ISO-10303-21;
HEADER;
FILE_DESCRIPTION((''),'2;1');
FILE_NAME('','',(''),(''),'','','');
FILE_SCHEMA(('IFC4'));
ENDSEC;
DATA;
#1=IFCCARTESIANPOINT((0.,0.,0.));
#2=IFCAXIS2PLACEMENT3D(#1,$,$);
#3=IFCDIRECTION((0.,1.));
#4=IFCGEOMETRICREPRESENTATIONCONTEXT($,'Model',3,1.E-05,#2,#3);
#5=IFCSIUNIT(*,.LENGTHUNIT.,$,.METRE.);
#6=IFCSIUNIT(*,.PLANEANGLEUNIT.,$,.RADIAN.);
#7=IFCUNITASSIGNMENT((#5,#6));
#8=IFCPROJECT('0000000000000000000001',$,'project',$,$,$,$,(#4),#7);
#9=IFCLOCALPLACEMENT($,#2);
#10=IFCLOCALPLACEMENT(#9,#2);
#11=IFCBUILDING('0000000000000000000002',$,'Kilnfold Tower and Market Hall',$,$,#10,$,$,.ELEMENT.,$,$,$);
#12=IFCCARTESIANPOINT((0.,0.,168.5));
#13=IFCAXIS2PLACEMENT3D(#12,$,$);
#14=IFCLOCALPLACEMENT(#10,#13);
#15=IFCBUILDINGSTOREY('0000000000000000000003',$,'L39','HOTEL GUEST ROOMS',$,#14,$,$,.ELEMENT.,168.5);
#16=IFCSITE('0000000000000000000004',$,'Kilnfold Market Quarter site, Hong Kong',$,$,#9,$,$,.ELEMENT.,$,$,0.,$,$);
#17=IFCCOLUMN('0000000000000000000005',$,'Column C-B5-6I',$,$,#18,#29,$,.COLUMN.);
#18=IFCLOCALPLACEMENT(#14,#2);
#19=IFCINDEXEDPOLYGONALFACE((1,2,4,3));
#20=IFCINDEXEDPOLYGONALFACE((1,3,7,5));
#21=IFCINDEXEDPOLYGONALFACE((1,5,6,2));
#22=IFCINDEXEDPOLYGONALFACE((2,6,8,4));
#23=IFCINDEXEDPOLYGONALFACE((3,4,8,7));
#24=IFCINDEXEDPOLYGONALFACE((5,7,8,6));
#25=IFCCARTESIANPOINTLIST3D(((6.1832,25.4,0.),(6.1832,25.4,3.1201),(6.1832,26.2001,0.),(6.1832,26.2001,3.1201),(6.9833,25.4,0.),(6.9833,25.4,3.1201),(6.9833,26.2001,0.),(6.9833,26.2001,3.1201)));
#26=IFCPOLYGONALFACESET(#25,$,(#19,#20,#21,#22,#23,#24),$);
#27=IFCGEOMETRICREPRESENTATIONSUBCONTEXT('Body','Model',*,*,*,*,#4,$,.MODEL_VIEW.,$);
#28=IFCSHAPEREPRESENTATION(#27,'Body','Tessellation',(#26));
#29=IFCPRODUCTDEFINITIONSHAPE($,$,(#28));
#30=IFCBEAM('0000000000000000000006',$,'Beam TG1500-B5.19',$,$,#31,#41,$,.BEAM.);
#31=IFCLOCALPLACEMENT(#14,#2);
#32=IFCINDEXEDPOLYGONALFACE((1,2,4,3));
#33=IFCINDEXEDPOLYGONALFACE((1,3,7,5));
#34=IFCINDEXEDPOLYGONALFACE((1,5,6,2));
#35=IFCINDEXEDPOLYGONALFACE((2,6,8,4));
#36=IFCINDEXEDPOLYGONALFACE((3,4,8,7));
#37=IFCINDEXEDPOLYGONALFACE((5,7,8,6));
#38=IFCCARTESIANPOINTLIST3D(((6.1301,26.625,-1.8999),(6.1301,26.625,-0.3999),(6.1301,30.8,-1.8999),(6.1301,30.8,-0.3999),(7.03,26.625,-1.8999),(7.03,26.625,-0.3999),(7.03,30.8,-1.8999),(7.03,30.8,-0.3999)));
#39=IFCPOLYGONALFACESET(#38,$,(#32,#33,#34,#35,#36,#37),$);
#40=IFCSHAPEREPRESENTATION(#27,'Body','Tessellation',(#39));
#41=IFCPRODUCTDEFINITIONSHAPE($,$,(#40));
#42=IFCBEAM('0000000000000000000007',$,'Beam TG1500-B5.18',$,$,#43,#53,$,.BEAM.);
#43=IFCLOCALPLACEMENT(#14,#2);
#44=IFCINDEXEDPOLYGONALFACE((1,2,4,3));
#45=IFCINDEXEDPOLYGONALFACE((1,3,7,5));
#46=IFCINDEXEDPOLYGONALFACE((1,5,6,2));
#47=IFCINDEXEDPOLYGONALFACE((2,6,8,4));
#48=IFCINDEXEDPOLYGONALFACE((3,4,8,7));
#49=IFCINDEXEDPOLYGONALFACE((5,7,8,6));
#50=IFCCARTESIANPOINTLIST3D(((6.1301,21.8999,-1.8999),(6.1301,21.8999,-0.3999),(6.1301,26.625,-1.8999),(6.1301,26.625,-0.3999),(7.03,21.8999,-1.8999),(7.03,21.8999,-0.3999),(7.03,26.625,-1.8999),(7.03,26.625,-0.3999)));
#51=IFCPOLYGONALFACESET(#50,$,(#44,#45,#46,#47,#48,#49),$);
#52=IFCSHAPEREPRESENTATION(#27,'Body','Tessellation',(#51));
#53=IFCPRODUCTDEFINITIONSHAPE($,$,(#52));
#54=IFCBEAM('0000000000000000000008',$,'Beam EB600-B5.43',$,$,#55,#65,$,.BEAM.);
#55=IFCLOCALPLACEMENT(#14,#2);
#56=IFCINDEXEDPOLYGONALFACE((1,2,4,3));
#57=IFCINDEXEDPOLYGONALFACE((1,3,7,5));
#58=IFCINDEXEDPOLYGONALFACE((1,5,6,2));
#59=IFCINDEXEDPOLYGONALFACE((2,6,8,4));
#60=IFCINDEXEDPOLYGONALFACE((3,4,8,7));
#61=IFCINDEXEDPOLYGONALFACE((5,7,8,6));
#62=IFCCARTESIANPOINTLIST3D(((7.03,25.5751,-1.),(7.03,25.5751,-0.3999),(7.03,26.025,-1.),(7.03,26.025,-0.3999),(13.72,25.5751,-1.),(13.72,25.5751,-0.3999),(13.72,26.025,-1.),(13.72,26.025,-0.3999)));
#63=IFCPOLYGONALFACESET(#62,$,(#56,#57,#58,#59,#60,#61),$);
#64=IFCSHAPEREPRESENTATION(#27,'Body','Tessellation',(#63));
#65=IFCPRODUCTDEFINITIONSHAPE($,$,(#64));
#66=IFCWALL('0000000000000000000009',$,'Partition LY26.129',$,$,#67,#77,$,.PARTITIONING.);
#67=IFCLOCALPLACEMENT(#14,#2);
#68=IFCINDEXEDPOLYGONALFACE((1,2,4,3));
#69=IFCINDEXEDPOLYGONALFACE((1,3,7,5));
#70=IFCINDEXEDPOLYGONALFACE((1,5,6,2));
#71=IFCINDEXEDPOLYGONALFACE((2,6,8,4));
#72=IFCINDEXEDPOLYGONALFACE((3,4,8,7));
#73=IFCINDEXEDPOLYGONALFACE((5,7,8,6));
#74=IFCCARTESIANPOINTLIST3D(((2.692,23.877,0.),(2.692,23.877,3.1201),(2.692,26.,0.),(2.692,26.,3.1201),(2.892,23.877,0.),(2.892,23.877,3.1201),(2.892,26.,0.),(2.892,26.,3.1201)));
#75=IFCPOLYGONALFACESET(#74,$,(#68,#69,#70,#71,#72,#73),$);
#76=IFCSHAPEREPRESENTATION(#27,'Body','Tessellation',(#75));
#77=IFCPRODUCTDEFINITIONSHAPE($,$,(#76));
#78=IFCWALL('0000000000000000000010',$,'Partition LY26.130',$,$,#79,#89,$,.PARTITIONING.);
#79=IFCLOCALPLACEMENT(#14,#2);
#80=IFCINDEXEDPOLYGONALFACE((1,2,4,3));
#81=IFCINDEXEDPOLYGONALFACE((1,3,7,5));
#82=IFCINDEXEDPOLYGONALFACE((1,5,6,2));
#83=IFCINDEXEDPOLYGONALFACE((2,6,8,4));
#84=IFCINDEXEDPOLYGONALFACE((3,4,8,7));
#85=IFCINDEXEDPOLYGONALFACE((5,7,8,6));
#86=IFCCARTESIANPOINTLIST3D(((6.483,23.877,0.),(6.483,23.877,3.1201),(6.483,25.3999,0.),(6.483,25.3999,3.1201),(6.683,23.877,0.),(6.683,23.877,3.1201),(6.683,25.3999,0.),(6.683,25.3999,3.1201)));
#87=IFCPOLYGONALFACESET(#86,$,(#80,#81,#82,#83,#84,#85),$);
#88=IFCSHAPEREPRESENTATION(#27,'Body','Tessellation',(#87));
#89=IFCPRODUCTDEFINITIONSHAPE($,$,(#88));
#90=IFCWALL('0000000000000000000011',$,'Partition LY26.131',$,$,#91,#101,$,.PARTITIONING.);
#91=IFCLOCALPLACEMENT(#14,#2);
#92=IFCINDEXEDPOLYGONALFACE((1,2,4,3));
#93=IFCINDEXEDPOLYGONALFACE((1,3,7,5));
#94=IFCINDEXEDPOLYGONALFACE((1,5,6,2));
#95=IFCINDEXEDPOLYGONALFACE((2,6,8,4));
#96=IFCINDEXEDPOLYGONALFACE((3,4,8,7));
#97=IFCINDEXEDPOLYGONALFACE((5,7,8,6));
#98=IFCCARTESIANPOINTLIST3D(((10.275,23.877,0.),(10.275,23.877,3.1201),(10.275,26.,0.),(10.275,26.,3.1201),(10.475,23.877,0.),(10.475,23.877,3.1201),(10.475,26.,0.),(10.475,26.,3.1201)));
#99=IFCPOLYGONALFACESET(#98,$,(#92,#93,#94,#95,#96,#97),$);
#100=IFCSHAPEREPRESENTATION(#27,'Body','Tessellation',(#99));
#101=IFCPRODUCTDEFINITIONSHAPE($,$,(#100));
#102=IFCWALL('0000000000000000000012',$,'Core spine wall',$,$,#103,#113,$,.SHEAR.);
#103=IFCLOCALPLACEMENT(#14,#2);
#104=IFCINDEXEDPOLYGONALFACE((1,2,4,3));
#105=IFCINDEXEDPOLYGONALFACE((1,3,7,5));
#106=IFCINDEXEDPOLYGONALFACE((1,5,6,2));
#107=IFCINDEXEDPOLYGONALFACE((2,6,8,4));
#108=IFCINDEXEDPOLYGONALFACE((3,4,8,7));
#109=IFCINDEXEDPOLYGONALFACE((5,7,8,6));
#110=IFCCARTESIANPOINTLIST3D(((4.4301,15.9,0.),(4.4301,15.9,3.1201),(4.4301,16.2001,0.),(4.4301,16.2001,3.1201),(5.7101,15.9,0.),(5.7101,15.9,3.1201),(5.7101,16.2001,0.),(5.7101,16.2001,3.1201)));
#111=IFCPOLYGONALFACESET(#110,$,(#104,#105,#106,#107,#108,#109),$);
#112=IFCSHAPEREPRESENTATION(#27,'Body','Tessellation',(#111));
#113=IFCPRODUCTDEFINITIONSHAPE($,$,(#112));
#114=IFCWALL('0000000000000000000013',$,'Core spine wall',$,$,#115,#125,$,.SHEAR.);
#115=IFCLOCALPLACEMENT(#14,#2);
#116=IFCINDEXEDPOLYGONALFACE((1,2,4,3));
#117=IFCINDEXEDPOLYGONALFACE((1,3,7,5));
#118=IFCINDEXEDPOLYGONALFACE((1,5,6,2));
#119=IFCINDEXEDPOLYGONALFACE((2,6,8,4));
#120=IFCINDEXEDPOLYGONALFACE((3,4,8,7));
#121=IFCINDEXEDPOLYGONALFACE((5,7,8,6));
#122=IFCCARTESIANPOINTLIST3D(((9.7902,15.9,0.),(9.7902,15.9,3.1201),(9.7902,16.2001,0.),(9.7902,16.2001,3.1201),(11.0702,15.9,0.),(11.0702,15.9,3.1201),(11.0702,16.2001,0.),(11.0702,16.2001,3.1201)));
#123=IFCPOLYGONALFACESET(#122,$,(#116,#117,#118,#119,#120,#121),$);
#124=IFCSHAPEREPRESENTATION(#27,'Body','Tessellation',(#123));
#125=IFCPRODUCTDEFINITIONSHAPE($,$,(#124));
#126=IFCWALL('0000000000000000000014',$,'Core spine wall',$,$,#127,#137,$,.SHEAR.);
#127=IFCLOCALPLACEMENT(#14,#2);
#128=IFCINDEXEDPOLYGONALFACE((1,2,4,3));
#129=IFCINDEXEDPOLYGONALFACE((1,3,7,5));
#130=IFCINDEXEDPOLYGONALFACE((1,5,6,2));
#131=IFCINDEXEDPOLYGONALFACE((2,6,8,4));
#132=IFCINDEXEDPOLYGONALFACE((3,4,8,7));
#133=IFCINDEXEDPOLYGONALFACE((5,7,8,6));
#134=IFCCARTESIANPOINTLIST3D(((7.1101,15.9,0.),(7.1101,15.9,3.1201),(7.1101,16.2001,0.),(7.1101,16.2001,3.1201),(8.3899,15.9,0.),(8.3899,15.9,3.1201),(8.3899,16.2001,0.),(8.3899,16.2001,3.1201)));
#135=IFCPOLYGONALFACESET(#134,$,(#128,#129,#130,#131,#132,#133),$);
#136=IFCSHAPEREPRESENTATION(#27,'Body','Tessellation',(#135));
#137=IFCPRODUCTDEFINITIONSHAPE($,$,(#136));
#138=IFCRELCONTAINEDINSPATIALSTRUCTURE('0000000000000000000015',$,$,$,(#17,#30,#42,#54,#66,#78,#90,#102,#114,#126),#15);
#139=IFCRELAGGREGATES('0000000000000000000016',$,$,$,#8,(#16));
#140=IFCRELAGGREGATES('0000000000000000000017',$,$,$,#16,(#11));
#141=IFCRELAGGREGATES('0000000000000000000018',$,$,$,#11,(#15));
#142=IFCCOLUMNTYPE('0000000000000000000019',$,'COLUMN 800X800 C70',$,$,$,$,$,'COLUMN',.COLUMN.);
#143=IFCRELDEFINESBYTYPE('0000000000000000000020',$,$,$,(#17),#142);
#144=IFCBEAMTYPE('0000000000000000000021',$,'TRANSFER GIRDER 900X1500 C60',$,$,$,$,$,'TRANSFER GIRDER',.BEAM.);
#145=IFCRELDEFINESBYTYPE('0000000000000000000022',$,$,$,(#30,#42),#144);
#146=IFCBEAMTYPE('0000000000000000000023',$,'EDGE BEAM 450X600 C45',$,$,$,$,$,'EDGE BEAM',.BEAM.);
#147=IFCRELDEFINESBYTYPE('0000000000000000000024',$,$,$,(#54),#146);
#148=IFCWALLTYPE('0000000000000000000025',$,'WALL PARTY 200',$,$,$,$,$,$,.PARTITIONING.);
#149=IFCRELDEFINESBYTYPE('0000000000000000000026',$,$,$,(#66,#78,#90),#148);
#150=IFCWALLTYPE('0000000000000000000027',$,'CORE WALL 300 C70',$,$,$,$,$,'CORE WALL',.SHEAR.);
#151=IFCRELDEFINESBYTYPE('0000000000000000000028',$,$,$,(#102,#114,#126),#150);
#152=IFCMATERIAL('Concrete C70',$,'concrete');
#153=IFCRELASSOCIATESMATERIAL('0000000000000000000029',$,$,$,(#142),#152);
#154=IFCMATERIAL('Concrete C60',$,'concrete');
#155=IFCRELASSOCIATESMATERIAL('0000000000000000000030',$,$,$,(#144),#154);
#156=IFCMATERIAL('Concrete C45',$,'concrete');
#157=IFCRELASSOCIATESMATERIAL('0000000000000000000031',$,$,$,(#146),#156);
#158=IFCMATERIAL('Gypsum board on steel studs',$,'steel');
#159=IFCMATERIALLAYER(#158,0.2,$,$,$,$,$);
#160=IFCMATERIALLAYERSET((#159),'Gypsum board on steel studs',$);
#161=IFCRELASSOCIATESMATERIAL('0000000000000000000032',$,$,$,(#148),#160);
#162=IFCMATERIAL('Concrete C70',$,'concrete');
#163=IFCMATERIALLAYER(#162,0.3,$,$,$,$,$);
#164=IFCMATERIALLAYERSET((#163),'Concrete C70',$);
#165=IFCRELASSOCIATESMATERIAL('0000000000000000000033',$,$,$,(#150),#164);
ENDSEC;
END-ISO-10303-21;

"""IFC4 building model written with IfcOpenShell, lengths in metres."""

from ifc_helpers import new_model, si_unit, direction, frame, frame_2d, origin, origin_2d, place, context, subcontext, project, spatial, rectangle, extrude, source, transform, mapped, material, layer, layer_set, material_profile, profile_set, type_object, element, save


model = new_model("IFC4")

# Units and contexts
model_context = context("Model", 3, precision=1e-05, world=origin(), true_north=direction((0.0, 1.0)))
body_context = subcontext(model_context, "Body", "Model", "MODEL_VIEW")
ifc_project = project(units=[si_unit("LENGTHUNIT", "METRE"), si_unit("PLANEANGLEUNIT", "RADIAN")], contexts=[model_context])

# Site, building, storey
site_placement = place(None, origin())
site = spatial("IfcSite", under=ifc_project, at=site_placement, Name="Kilnfold Market Quarter site, Hong Kong", CompositionType="ELEMENT", RefElevation=0.0)
building_placement = place(site_placement, origin())
building = spatial("IfcBuilding", under=site, at=building_placement, Name="Kilnfold Tower and Market Hall", CompositionType="ELEMENT")
storey_placement = place(building_placement, frame((0.0, 0.0, 168.5)))
storey = spatial("IfcBuildingStorey", under=building, at=storey_placement, Name="L39", Description="HOTEL GUEST ROOMS", CompositionType="ELEMENT", Elevation=168.5)

# Column
ifc_material_1 = material(Name="Concrete C70", Category="concrete")
ifc_material_profile_1 = material_profile(ifc_material_1, rectangle(XDim=0.8, YDim=0.8, at=origin_2d()), Name="RC 800x800")
ifc_profile_set_1 = profile_set([ifc_material_profile_1], Name="Concrete C70")
column_type = type_object("IfcColumnType", Name="COLUMN 800X800 C70", ElementType="COLUMN", PredefinedType="COLUMN", material=ifc_profile_set_1)
shared_shape_1 = source(origin(), body_context, "Body", "SweptSolid", [
    extrude(rectangle(XDim=0.8, YDim=0.8, at=origin_2d()), origin(), (0.0, 0.0, 1.0), 3.1201),
])
column_placement = place(storey_placement, frame((6.5833, 25.8, 0.0), z_axis=(0.0, 0.0, 1.0), x_axis=(1.0, 0.0, 0.0)))
element("IfcColumn", 1, at=column_placement, inside=storey, type_object=column_type, Name="Column C-B5-6I", PredefinedType="COLUMN", context=body_context, shape_type="MappedRepresentation", body=[
    mapped(shared_shape_1, transform((0.0, 0.0, 0.0))),
])

# Beams
ifc_material_2 = material(Name="Concrete C60", Category="concrete")
ifc_material_profile_2 = material_profile(ifc_material_2, rectangle(XDim=0.8999, YDim=1.5, at=origin_2d()), Name="RC 900x1500")
ifc_profile_set_2 = profile_set([ifc_material_profile_2], Name="Concrete C60")
beam_type_1 = type_object("IfcBeamType", Name="TRANSFER GIRDER 900X1500 C60", ElementType="TRANSFER GIRDER", PredefinedType="BEAM", material=ifc_profile_set_2)
shared_shape_2 = source(origin(), body_context, "Body", "SweptSolid", [
    extrude(rectangle(XDim=0.8999, YDim=1.5, at=origin_2d()), origin(), (0.0, 0.0, 1.0), 4.175),
])
beam_1_placement = place(storey_placement, frame((6.5801, 26.625, -1.1499), z_axis=(0.0, 1.0, 0.0), x_axis=(-1.0, 0.0, 0.0)))
element("IfcBeam", 2, at=beam_1_placement, inside=storey, type_object=beam_type_1, Name="Beam TG1500-B5.19", PredefinedType="BEAM", context=body_context, shape_type="MappedRepresentation", body=[
    mapped(shared_shape_2, transform((0.0, 0.0, 0.0))),
])
shared_shape_3 = source(origin(), body_context, "Body", "SweptSolid", [
    extrude(rectangle(XDim=0.8999, YDim=1.5, at=origin_2d()), origin(), (0.0, 0.0, 1.0), 4.7251),
])
beam_2_placement = place(storey_placement, frame((6.5801, 21.8999, -1.1499), z_axis=(0.0, 1.0, 0.0), x_axis=(-1.0, 0.0, 0.0)))
element("IfcBeam", 3, at=beam_2_placement, inside=storey, type_object=beam_type_1, Name="Beam TG1500-B5.18", PredefinedType="BEAM", context=body_context, shape_type="MappedRepresentation", body=[
    mapped(shared_shape_3, transform((0.0, 0.0, 0.0))),
])
ifc_material_3 = material(Name="Concrete C45", Category="concrete")
ifc_material_profile_3 = material_profile(ifc_material_3, rectangle(XDim=0.45, YDim=0.6001, at=origin_2d()), Name="RC 450x600")
ifc_profile_set_3 = profile_set([ifc_material_profile_3], Name="Concrete C45")
beam_type_2 = type_object("IfcBeamType", Name="EDGE BEAM 450X600 C45", ElementType="EDGE BEAM", PredefinedType="BEAM", material=ifc_profile_set_3)
shared_shape_4 = source(origin(), body_context, "Body", "SweptSolid", [
    extrude(rectangle(XDim=0.45, YDim=0.6001, at=origin_2d()), origin(), (0.0, 0.0, 1.0), 6.6899),
])
beam_3_placement = place(storey_placement, frame((7.03, 25.8, -0.7), z_axis=(1.0, 0.0, 0.0), x_axis=(0.0, 1.0, 0.0)))
element("IfcBeam", 4, at=beam_3_placement, inside=storey, type_object=beam_type_2, Name="Beam EB600-B5.43", PredefinedType="BEAM", context=body_context, shape_type="MappedRepresentation", body=[
    mapped(shared_shape_4, transform((0.0, 0.0, 0.0))),
])

# Walls
ifc_material_4 = material(Name="Gypsum board on steel studs", Category="steel")
ifc_layer_1 = layer(ifc_material_4, 0.2)
ifc_layer_set_1 = layer_set([ifc_layer_1], Name="Gypsum board on steel studs")
wall_type_1 = type_object("IfcWallType", Name="WALL PARTY 200", PredefinedType="PARTITIONING", material=ifc_layer_set_1)
wall_1_placement = place(storey_placement, frame((2.792, 23.877, 0.0), z_axis=(0.0, 0.0, 1.0), x_axis=(0.0, 1.0, 0.0)))
element("IfcWall", 5, at=wall_1_placement, inside=storey, type_object=wall_type_1, Name="Partition LY26.129", PredefinedType="PARTITIONING", context=body_context, shape_type="SweptSolid", body=[
    extrude(rectangle(XDim=2.123, YDim=0.2, at=frame_2d((1.0615, 0.0))), origin(), (0.0, 0.0, 1.0), 3.1201),
])
wall_2_placement = place(storey_placement, frame((6.583, 23.877, 0.0), z_axis=(0.0, 0.0, 1.0), x_axis=(0.0, 1.0, 0.0)))
element("IfcWall", 6, at=wall_2_placement, inside=storey, type_object=wall_type_1, Name="Partition LY26.130", PredefinedType="PARTITIONING", context=body_context, shape_type="SweptSolid", body=[
    extrude(rectangle(XDim=1.5229, YDim=0.2, at=frame_2d((0.7615, 0.0))), origin(), (0.0, 0.0, 1.0), 3.1201),
])
wall_3_placement = place(storey_placement, frame((10.375, 23.877, 0.0), z_axis=(0.0, 0.0, 1.0), x_axis=(0.0, 1.0, 0.0)))
element("IfcWall", 7, at=wall_3_placement, inside=storey, type_object=wall_type_1, Name="Partition LY26.131", PredefinedType="PARTITIONING", context=body_context, shape_type="SweptSolid", body=[
    extrude(rectangle(XDim=2.123, YDim=0.2, at=frame_2d((1.0615, 0.0))), origin(), (0.0, 0.0, 1.0), 3.1201),
])
ifc_material_5 = material(Name="Concrete C70", Category="concrete")
ifc_layer_2 = layer(ifc_material_5, 0.3)
ifc_layer_set_2 = layer_set([ifc_layer_2], Name="Concrete C70")
wall_type_2 = type_object("IfcWallType", Name="CORE WALL 300 C70", ElementType="CORE WALL", PredefinedType="SHEAR", material=ifc_layer_set_2)
shared_shape_5 = source(origin(), body_context, "Body", "SweptSolid", [
    extrude(rectangle(XDim=1.28, YDim=0.3, at=frame_2d((0.6401, 0.0))), origin(), (0.0, 0.0, 1.0), 3.1201),
])
for number, where, z_axis, x_axis, name in (
    (8, (4.4299, 16.05, 0.0), (0.0, 0.0, 1.0), (1.0, 0.0, 0.0), "Core spine wall"),
    (9, (9.79, 16.05, 0.0), (0.0, 0.0, 1.0), (1.0, 0.0, 0.0), "Core spine wall"),
):
    element("IfcWall", number, at=place(storey_placement, frame(where, z_axis=z_axis, x_axis=x_axis)), inside=storey, type_object=wall_type_2, Name=name, PredefinedType="SHEAR", context=body_context, shape_type="MappedRepresentation", body=[
        mapped(shared_shape_5, transform((0.0, 0.0, 0.0))),
    ])
shared_shape_6 = source(origin(), body_context, "Body", "SweptSolid", [
    extrude(rectangle(XDim=1.2798, YDim=0.3, at=frame_2d((0.6399, 0.0))), origin(), (0.0, 0.0, 1.0), 3.1201),
])
wall_4_placement = place(storey_placement, frame((7.1101, 16.05, 0.0), z_axis=(0.0, 0.0, 1.0), x_axis=(1.0, 0.0, 0.0)))
element("IfcWall", 10, at=wall_4_placement, inside=storey, type_object=wall_type_2, Name="Core spine wall", PredefinedType="SHEAR", context=body_context, shape_type="MappedRepresentation", body=[
    mapped(shared_shape_6, transform((0.0, 0.0, 0.0))),
])

save(model, "model.ifc")
